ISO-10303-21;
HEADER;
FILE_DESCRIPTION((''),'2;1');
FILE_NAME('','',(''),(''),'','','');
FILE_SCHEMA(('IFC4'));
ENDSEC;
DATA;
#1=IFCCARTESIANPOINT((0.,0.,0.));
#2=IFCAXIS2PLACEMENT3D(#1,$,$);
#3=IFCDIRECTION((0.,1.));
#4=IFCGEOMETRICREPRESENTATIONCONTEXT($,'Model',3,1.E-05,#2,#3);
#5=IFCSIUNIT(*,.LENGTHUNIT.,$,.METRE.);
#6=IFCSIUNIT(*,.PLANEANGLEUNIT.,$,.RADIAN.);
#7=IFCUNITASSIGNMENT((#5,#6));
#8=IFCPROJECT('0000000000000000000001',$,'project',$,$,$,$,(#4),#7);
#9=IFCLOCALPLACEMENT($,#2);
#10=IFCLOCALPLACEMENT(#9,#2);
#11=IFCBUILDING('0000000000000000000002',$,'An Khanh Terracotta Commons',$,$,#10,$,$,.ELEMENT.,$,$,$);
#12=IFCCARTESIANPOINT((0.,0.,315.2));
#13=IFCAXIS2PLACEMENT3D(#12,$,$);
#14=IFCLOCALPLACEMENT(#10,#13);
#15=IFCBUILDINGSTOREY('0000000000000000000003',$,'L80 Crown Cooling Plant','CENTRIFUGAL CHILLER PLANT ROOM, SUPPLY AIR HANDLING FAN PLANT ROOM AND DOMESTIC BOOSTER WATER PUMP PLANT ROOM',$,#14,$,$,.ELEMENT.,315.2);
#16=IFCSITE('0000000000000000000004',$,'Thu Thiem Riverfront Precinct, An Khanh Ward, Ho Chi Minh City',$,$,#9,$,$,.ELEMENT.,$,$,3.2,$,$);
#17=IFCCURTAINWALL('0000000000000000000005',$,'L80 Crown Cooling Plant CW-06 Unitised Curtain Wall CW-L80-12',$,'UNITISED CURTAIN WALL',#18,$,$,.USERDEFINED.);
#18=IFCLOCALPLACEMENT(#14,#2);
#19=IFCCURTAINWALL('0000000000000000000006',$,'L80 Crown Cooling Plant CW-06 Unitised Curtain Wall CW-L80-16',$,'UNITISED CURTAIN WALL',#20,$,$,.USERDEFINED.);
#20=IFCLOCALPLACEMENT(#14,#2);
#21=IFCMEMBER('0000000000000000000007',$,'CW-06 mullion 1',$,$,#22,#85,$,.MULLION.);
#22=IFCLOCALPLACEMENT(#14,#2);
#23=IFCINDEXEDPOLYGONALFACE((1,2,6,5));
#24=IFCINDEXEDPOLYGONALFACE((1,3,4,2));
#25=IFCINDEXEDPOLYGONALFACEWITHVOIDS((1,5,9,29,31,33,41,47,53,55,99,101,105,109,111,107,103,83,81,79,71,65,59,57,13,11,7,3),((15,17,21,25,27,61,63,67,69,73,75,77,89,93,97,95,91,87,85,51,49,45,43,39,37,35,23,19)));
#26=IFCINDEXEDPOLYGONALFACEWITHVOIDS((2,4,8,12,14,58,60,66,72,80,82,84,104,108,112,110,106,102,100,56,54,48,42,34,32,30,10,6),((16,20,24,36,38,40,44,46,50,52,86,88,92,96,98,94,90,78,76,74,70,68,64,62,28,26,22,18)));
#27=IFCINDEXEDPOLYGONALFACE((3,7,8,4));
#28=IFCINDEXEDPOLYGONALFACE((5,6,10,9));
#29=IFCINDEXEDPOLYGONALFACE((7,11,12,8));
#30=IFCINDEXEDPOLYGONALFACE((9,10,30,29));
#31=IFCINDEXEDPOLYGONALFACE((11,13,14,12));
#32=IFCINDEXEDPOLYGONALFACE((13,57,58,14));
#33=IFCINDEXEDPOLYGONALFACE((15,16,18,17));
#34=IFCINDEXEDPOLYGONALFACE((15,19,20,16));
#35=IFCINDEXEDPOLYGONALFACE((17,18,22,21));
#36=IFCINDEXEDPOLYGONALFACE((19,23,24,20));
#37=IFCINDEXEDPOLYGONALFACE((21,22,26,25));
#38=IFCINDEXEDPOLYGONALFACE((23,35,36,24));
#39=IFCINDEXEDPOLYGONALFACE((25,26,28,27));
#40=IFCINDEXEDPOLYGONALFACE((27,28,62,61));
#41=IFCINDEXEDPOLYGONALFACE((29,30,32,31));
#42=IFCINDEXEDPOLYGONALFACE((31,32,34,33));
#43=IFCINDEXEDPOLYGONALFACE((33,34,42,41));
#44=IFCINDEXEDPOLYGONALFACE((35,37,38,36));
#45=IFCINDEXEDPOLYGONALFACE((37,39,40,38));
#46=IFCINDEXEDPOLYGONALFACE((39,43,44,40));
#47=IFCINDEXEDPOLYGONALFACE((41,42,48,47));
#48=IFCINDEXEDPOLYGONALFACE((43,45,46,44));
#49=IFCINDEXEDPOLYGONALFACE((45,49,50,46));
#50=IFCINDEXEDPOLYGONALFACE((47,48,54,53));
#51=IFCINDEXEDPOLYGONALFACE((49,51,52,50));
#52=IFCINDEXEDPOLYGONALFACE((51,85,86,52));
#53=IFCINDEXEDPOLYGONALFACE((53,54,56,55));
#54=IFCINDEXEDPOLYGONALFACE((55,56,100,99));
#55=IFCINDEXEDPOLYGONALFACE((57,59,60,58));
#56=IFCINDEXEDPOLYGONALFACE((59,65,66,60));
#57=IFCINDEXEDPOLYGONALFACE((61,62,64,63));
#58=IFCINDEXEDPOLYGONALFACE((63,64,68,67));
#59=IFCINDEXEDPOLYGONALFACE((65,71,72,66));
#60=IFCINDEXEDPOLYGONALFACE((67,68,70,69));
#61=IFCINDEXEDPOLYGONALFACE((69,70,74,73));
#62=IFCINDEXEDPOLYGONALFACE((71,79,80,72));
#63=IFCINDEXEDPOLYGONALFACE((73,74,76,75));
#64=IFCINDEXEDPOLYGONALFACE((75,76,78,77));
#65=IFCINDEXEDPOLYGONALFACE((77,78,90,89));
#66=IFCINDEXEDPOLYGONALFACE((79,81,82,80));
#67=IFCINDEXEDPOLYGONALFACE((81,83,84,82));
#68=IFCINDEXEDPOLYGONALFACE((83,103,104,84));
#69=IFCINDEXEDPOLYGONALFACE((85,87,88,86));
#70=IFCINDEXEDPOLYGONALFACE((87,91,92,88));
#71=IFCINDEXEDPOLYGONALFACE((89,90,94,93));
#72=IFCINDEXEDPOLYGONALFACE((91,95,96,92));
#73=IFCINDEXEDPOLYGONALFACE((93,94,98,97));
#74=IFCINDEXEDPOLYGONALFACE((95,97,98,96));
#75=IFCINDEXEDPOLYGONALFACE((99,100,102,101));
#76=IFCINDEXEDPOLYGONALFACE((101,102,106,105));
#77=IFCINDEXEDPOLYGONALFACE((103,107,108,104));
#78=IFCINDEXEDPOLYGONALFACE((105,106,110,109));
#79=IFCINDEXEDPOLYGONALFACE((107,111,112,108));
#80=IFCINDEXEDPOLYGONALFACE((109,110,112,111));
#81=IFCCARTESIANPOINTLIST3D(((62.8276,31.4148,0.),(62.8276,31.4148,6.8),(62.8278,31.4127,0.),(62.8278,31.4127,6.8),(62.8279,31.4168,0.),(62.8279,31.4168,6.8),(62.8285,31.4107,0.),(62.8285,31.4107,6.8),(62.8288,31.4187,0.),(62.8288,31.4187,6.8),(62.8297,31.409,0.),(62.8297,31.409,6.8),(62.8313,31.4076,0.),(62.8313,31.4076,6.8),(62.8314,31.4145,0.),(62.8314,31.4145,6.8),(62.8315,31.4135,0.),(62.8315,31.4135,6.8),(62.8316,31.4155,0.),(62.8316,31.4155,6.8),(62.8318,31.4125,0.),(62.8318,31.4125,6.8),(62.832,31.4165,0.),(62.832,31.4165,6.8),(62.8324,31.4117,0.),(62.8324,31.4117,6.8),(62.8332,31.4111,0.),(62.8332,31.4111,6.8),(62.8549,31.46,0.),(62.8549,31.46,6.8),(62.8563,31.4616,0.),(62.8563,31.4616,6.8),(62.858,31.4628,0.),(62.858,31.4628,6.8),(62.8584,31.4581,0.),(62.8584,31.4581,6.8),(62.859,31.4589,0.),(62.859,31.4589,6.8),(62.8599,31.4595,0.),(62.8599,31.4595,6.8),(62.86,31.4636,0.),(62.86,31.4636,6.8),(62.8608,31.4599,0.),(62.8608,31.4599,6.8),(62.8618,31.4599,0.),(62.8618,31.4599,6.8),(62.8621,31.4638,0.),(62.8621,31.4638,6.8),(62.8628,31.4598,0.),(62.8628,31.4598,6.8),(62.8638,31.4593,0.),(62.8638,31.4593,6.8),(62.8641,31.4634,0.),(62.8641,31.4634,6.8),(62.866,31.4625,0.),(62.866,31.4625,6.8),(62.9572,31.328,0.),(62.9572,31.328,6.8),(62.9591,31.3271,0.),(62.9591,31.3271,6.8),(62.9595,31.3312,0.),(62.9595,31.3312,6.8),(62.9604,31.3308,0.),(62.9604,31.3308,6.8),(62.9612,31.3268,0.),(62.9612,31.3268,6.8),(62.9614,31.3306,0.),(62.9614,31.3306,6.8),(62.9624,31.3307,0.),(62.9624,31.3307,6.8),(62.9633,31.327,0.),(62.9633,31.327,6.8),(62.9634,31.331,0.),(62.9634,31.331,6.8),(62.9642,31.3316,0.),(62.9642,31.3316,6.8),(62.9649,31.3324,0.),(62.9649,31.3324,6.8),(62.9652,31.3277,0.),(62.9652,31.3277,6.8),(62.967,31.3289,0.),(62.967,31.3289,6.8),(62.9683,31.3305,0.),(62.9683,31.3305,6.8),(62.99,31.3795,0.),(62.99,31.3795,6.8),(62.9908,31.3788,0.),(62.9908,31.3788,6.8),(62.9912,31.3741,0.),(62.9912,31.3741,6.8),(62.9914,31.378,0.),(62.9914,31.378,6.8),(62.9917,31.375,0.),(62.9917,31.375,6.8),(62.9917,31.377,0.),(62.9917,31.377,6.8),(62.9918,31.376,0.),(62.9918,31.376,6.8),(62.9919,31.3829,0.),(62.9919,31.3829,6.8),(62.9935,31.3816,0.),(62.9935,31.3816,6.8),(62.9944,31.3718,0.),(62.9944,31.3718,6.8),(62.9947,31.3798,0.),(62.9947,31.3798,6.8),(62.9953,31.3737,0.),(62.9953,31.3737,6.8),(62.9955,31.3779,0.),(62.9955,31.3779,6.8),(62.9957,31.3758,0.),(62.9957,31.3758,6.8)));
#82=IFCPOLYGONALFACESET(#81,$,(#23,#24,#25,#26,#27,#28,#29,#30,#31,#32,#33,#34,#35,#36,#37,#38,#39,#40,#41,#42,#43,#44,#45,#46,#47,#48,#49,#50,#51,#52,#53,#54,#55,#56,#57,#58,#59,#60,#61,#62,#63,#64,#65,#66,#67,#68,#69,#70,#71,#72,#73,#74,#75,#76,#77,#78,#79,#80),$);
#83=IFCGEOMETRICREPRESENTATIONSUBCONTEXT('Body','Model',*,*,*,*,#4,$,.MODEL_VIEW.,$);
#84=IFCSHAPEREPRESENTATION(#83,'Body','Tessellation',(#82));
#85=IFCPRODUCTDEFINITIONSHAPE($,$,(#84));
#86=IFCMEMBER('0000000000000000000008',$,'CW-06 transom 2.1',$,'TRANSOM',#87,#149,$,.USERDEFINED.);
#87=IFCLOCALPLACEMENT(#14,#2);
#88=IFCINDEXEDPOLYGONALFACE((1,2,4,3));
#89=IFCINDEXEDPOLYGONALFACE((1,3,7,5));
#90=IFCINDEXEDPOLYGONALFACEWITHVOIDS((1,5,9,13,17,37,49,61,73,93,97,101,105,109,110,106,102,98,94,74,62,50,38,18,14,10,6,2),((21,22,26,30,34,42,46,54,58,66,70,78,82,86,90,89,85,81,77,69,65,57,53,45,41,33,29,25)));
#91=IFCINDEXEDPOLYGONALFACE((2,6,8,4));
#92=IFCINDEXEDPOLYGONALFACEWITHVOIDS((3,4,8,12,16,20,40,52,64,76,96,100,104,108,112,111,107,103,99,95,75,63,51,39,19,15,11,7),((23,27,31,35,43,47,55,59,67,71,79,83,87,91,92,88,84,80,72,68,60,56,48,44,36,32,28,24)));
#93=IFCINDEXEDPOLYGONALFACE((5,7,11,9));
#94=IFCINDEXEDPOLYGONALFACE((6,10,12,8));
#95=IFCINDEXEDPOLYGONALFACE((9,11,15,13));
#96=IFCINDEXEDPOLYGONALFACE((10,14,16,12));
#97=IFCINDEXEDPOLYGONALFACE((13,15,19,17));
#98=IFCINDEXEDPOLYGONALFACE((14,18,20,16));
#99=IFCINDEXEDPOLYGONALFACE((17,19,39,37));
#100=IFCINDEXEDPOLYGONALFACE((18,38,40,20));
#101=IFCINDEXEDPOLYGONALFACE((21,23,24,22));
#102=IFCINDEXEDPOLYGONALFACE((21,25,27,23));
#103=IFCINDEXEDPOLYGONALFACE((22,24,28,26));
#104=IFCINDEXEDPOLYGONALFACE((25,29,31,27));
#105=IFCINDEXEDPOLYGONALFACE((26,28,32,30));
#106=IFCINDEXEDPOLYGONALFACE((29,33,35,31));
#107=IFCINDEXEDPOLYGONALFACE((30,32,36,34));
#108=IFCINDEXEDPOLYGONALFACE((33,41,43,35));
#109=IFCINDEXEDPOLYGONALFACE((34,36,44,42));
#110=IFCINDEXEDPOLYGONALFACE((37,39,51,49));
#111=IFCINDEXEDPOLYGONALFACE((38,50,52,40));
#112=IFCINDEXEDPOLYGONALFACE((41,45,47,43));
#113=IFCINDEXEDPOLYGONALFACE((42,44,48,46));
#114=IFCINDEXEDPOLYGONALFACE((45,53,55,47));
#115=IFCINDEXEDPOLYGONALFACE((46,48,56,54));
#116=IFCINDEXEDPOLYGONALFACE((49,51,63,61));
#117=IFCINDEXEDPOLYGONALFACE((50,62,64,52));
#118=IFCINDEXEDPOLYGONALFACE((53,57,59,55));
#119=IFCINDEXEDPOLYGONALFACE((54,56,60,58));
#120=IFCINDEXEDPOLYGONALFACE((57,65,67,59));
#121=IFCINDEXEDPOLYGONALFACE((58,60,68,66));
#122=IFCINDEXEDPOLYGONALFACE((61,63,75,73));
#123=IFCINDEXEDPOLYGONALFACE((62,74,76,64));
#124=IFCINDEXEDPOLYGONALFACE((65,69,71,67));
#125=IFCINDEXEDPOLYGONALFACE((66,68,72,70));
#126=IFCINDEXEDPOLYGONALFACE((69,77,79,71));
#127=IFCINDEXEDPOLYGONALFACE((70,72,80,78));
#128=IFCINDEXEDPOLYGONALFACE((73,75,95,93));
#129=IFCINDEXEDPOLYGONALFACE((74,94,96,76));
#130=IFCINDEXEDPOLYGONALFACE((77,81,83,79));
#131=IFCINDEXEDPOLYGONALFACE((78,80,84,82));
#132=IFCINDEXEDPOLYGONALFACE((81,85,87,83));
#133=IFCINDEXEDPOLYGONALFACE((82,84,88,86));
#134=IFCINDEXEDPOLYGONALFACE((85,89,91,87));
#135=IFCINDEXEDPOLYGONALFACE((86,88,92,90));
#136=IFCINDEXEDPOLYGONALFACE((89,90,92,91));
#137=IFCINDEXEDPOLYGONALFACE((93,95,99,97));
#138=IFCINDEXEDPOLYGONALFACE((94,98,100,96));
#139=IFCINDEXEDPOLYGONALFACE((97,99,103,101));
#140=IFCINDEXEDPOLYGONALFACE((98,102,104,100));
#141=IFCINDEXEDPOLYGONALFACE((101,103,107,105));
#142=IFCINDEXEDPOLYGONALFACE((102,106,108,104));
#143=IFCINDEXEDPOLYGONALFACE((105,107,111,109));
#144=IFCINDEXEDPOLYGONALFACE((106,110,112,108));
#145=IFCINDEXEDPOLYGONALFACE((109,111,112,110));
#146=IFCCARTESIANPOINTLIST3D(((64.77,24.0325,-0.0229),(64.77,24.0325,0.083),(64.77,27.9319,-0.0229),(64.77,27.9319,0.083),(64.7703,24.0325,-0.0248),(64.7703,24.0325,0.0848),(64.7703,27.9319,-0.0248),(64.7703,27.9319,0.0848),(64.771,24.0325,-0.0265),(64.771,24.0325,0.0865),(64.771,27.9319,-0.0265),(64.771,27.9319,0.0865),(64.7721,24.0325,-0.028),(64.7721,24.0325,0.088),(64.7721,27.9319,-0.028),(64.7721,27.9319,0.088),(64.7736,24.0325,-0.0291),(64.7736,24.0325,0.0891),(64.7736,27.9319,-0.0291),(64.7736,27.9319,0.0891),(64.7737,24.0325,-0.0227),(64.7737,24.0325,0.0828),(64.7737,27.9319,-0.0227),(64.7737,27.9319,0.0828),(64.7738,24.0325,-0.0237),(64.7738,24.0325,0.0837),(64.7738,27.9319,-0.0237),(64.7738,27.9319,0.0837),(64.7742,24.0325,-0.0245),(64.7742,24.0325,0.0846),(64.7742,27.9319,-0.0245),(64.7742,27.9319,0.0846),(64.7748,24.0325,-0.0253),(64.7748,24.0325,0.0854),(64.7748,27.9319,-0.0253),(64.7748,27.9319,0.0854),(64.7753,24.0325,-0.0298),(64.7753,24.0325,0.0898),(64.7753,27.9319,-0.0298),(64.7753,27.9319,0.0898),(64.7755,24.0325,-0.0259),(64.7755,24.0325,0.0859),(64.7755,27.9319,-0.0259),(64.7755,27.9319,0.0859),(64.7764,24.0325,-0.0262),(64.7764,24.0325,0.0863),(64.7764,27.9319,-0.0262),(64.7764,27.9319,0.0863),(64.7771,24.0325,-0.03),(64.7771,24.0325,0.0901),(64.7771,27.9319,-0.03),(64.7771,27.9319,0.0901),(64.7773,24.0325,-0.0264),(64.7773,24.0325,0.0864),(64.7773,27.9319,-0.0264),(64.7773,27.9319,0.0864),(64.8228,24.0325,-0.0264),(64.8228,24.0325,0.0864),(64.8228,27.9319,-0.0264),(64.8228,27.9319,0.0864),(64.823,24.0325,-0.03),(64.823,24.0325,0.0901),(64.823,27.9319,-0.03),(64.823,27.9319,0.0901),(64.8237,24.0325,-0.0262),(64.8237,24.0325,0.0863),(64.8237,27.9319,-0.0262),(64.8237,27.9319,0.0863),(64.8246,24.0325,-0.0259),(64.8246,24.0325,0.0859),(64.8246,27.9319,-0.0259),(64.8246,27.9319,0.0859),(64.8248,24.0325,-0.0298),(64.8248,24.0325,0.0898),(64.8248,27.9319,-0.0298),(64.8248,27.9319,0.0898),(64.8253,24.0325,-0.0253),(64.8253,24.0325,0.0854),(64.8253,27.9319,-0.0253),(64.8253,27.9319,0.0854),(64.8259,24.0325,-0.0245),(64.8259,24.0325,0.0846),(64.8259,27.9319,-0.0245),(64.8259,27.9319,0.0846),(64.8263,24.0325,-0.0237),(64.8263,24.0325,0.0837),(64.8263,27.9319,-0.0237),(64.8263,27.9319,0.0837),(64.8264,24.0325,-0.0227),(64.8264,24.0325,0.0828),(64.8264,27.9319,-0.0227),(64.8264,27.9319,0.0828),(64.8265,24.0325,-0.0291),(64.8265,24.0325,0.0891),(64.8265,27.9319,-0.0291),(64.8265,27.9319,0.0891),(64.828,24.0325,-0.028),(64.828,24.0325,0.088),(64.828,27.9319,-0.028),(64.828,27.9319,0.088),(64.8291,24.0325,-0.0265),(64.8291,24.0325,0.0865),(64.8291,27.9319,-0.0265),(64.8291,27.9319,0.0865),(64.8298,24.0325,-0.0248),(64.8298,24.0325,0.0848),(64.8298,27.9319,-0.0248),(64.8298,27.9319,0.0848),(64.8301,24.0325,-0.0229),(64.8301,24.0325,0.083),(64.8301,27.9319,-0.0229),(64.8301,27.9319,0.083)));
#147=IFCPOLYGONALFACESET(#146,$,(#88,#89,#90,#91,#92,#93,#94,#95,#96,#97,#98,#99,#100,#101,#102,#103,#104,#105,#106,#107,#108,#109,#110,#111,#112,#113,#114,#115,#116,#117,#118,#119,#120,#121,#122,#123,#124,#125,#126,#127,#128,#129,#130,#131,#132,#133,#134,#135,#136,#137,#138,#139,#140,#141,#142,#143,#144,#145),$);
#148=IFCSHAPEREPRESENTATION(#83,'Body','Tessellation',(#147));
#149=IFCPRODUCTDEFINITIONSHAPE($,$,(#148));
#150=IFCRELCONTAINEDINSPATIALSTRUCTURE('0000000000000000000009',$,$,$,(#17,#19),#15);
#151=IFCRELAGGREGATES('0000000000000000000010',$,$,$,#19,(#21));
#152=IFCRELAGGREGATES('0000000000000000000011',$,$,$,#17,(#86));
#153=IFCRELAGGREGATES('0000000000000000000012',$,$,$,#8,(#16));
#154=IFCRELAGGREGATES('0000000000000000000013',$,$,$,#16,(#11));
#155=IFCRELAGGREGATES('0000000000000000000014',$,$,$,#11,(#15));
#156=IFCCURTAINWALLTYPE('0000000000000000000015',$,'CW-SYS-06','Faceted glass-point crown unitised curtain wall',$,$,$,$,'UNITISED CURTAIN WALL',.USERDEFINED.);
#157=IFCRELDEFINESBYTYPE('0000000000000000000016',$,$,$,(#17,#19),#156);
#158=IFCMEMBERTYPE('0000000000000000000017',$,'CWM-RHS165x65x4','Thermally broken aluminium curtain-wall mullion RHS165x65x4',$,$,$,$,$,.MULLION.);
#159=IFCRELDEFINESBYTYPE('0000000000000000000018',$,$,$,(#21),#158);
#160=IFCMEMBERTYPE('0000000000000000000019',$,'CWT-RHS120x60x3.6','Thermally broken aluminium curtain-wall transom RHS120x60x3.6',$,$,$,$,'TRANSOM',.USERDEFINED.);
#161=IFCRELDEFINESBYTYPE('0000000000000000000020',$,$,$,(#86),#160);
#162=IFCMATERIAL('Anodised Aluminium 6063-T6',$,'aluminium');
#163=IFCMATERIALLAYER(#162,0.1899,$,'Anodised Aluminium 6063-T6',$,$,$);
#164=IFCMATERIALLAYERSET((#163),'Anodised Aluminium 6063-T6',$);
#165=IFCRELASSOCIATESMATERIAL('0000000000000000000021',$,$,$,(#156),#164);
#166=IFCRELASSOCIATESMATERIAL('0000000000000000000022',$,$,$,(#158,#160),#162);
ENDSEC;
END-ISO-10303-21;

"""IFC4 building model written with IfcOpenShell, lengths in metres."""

from ifc_helpers import new_model, si_unit, direction, frame, origin, origin_2d, place, context, subcontext, project, spatial, hollow_rectangle, extrude, material, layer, layer_set, material_profile, profile_set, type_object, element, aggregate, save


model = new_model("IFC4")

# Units and contexts
model_context = context("Model", 3, precision=1e-05, world=origin(), true_north=direction((0.0, 1.0)))
body_context = subcontext(model_context, "Body", "Model", "MODEL_VIEW")
ifc_project = project(units=[si_unit("LENGTHUNIT", "METRE"), si_unit("PLANEANGLEUNIT", "RADIAN")], contexts=[model_context])

# Site, building, storey
site_placement = place(None, origin())
site = spatial("IfcSite", under=ifc_project, at=site_placement, Name="Thu Thiem Riverfront Precinct, An Khanh Ward, Ho Chi Minh City", CompositionType="ELEMENT", RefElevation=3.2)
building_placement = place(site_placement, origin())
building = spatial("IfcBuilding", under=site, at=building_placement, Name="An Khanh Terracotta Commons", CompositionType="ELEMENT")
storey_placement = place(building_placement, frame((0.0, 0.0, 315.2)))
storey = spatial("IfcBuildingStorey", under=building, at=storey_placement, Name="L80 Crown Cooling Plant", Description="CENTRIFUGAL CHILLER PLANT ROOM, SUPPLY AIR HANDLING FAN PLANT ROOM AND DOMESTIC BOOSTER WATER PUMP PLANT ROOM", CompositionType="ELEMENT", Elevation=315.2)

# Curtain wall
ifc_material_1 = material(Name="Anodised Aluminium 6063-T6", Category="aluminium")
ifc_layer_1 = layer(ifc_material_1, 0.1899, Name="Anodised Aluminium 6063-T6")
ifc_layer_set_1 = layer_set([ifc_layer_1], Name="Anodised Aluminium 6063-T6")
curtain_wall_type = type_object("IfcCurtainWallType", Name="CW-SYS-06", Description="Faceted glass-point crown unitised curtain wall", ElementType="UNITISED CURTAIN WALL", PredefinedType="USERDEFINED", material=ifc_layer_set_1)
curtain_wall_1_placement = place(storey_placement, origin())
curtain_wall_1 = element("IfcCurtainWall", 1, at=curtain_wall_1_placement, inside=storey, type_object=curtain_wall_type, Name="L80 Crown Cooling Plant CW-06 Unitised Curtain Wall CW-L80-12", ObjectType="UNITISED CURTAIN WALL", PredefinedType="USERDEFINED")
ifc_material_profile_1 = material_profile(ifc_material_1, hollow_rectangle(XDim=0.0649, YDim=0.165, WallThickness=0.0039, InnerFilletRadius=0.0039, OuterFilletRadius=0.0081, at=origin_2d()), Name="RHS165x65x4")
ifc_profile_set_1 = profile_set([ifc_material_profile_1], Name="Anodised Aluminium 6063-T6")
member_type_1 = type_object("IfcMemberType", Name="CWM-RHS165x65x4", Description="Thermally broken aluminium curtain-wall mullion RHS165x65x4", PredefinedType="MULLION", material=ifc_profile_set_1)

# Curtain wall, member
curtain_wall_2_placement = place(storey_placement, origin())
curtain_wall_2 = element("IfcCurtainWall", 2, at=curtain_wall_2_placement, inside=storey, type_object=curtain_wall_type, Name="L80 Crown Cooling Plant CW-06 Unitised Curtain Wall CW-L80-16", ObjectType="UNITISED CURTAIN WALL", PredefinedType="USERDEFINED")
member_1_placement = place(storey_placement, frame((62.9116, 31.3953, 0.0), z_axis=(0.0, 0.0, 1.0), x_axis=(-0.534587, -0.845114, 0.0)))
member_1 = element("IfcMember", 3, at=member_1_placement, type_object=member_type_1, Name="CW-06 mullion 1", PredefinedType="MULLION", context=body_context, shape_type="SweptSolid", body=[
    extrude(hollow_rectangle(XDim=0.0649, YDim=0.165, WallThickness=0.0039, InnerFilletRadius=0.0039, OuterFilletRadius=0.0081, at=origin_2d()), origin(), (0.0, 0.0, 1.0), 6.8),
])
aggregate(curtain_wall_2, [member_1])

# Member
ifc_material_profile_2 = material_profile(ifc_material_1, hollow_rectangle(XDim=0.0601, YDim=0.1201, WallThickness=0.0037, InnerFilletRadius=0.0037, OuterFilletRadius=0.0071, at=origin_2d()), Name="RHS120x60x3.6")
ifc_profile_set_2 = profile_set([ifc_material_profile_2], Name="Anodised Aluminium 6063-T6")
member_type_2 = type_object("IfcMemberType", Name="CWT-RHS120x60x3.6", Description="Thermally broken aluminium curtain-wall transom RHS120x60x3.6", ElementType="TRANSOM", PredefinedType="USERDEFINED", material=ifc_profile_set_2)
member_2_placement = place(storey_placement, frame((64.8, 24.0325, 0.03), z_axis=(0.0, 1.0, 0.0), x_axis=(-1.0, 0.0, 0.0)))
member_2 = element("IfcMember", 4, at=member_2_placement, type_object=member_type_2, Name="CW-06 transom 2.1", ObjectType="TRANSOM", PredefinedType="USERDEFINED", context=body_context, shape_type="SweptSolid", body=[
    extrude(hollow_rectangle(XDim=0.0601, YDim=0.1201, WallThickness=0.0037, InnerFilletRadius=0.0037, OuterFilletRadius=0.0071, at=origin_2d()), origin(), (0.0, 0.0, 1.0), 3.8994),
])

aggregate(curtain_wall_1, [member_2])

save(model, "model.ifc")
